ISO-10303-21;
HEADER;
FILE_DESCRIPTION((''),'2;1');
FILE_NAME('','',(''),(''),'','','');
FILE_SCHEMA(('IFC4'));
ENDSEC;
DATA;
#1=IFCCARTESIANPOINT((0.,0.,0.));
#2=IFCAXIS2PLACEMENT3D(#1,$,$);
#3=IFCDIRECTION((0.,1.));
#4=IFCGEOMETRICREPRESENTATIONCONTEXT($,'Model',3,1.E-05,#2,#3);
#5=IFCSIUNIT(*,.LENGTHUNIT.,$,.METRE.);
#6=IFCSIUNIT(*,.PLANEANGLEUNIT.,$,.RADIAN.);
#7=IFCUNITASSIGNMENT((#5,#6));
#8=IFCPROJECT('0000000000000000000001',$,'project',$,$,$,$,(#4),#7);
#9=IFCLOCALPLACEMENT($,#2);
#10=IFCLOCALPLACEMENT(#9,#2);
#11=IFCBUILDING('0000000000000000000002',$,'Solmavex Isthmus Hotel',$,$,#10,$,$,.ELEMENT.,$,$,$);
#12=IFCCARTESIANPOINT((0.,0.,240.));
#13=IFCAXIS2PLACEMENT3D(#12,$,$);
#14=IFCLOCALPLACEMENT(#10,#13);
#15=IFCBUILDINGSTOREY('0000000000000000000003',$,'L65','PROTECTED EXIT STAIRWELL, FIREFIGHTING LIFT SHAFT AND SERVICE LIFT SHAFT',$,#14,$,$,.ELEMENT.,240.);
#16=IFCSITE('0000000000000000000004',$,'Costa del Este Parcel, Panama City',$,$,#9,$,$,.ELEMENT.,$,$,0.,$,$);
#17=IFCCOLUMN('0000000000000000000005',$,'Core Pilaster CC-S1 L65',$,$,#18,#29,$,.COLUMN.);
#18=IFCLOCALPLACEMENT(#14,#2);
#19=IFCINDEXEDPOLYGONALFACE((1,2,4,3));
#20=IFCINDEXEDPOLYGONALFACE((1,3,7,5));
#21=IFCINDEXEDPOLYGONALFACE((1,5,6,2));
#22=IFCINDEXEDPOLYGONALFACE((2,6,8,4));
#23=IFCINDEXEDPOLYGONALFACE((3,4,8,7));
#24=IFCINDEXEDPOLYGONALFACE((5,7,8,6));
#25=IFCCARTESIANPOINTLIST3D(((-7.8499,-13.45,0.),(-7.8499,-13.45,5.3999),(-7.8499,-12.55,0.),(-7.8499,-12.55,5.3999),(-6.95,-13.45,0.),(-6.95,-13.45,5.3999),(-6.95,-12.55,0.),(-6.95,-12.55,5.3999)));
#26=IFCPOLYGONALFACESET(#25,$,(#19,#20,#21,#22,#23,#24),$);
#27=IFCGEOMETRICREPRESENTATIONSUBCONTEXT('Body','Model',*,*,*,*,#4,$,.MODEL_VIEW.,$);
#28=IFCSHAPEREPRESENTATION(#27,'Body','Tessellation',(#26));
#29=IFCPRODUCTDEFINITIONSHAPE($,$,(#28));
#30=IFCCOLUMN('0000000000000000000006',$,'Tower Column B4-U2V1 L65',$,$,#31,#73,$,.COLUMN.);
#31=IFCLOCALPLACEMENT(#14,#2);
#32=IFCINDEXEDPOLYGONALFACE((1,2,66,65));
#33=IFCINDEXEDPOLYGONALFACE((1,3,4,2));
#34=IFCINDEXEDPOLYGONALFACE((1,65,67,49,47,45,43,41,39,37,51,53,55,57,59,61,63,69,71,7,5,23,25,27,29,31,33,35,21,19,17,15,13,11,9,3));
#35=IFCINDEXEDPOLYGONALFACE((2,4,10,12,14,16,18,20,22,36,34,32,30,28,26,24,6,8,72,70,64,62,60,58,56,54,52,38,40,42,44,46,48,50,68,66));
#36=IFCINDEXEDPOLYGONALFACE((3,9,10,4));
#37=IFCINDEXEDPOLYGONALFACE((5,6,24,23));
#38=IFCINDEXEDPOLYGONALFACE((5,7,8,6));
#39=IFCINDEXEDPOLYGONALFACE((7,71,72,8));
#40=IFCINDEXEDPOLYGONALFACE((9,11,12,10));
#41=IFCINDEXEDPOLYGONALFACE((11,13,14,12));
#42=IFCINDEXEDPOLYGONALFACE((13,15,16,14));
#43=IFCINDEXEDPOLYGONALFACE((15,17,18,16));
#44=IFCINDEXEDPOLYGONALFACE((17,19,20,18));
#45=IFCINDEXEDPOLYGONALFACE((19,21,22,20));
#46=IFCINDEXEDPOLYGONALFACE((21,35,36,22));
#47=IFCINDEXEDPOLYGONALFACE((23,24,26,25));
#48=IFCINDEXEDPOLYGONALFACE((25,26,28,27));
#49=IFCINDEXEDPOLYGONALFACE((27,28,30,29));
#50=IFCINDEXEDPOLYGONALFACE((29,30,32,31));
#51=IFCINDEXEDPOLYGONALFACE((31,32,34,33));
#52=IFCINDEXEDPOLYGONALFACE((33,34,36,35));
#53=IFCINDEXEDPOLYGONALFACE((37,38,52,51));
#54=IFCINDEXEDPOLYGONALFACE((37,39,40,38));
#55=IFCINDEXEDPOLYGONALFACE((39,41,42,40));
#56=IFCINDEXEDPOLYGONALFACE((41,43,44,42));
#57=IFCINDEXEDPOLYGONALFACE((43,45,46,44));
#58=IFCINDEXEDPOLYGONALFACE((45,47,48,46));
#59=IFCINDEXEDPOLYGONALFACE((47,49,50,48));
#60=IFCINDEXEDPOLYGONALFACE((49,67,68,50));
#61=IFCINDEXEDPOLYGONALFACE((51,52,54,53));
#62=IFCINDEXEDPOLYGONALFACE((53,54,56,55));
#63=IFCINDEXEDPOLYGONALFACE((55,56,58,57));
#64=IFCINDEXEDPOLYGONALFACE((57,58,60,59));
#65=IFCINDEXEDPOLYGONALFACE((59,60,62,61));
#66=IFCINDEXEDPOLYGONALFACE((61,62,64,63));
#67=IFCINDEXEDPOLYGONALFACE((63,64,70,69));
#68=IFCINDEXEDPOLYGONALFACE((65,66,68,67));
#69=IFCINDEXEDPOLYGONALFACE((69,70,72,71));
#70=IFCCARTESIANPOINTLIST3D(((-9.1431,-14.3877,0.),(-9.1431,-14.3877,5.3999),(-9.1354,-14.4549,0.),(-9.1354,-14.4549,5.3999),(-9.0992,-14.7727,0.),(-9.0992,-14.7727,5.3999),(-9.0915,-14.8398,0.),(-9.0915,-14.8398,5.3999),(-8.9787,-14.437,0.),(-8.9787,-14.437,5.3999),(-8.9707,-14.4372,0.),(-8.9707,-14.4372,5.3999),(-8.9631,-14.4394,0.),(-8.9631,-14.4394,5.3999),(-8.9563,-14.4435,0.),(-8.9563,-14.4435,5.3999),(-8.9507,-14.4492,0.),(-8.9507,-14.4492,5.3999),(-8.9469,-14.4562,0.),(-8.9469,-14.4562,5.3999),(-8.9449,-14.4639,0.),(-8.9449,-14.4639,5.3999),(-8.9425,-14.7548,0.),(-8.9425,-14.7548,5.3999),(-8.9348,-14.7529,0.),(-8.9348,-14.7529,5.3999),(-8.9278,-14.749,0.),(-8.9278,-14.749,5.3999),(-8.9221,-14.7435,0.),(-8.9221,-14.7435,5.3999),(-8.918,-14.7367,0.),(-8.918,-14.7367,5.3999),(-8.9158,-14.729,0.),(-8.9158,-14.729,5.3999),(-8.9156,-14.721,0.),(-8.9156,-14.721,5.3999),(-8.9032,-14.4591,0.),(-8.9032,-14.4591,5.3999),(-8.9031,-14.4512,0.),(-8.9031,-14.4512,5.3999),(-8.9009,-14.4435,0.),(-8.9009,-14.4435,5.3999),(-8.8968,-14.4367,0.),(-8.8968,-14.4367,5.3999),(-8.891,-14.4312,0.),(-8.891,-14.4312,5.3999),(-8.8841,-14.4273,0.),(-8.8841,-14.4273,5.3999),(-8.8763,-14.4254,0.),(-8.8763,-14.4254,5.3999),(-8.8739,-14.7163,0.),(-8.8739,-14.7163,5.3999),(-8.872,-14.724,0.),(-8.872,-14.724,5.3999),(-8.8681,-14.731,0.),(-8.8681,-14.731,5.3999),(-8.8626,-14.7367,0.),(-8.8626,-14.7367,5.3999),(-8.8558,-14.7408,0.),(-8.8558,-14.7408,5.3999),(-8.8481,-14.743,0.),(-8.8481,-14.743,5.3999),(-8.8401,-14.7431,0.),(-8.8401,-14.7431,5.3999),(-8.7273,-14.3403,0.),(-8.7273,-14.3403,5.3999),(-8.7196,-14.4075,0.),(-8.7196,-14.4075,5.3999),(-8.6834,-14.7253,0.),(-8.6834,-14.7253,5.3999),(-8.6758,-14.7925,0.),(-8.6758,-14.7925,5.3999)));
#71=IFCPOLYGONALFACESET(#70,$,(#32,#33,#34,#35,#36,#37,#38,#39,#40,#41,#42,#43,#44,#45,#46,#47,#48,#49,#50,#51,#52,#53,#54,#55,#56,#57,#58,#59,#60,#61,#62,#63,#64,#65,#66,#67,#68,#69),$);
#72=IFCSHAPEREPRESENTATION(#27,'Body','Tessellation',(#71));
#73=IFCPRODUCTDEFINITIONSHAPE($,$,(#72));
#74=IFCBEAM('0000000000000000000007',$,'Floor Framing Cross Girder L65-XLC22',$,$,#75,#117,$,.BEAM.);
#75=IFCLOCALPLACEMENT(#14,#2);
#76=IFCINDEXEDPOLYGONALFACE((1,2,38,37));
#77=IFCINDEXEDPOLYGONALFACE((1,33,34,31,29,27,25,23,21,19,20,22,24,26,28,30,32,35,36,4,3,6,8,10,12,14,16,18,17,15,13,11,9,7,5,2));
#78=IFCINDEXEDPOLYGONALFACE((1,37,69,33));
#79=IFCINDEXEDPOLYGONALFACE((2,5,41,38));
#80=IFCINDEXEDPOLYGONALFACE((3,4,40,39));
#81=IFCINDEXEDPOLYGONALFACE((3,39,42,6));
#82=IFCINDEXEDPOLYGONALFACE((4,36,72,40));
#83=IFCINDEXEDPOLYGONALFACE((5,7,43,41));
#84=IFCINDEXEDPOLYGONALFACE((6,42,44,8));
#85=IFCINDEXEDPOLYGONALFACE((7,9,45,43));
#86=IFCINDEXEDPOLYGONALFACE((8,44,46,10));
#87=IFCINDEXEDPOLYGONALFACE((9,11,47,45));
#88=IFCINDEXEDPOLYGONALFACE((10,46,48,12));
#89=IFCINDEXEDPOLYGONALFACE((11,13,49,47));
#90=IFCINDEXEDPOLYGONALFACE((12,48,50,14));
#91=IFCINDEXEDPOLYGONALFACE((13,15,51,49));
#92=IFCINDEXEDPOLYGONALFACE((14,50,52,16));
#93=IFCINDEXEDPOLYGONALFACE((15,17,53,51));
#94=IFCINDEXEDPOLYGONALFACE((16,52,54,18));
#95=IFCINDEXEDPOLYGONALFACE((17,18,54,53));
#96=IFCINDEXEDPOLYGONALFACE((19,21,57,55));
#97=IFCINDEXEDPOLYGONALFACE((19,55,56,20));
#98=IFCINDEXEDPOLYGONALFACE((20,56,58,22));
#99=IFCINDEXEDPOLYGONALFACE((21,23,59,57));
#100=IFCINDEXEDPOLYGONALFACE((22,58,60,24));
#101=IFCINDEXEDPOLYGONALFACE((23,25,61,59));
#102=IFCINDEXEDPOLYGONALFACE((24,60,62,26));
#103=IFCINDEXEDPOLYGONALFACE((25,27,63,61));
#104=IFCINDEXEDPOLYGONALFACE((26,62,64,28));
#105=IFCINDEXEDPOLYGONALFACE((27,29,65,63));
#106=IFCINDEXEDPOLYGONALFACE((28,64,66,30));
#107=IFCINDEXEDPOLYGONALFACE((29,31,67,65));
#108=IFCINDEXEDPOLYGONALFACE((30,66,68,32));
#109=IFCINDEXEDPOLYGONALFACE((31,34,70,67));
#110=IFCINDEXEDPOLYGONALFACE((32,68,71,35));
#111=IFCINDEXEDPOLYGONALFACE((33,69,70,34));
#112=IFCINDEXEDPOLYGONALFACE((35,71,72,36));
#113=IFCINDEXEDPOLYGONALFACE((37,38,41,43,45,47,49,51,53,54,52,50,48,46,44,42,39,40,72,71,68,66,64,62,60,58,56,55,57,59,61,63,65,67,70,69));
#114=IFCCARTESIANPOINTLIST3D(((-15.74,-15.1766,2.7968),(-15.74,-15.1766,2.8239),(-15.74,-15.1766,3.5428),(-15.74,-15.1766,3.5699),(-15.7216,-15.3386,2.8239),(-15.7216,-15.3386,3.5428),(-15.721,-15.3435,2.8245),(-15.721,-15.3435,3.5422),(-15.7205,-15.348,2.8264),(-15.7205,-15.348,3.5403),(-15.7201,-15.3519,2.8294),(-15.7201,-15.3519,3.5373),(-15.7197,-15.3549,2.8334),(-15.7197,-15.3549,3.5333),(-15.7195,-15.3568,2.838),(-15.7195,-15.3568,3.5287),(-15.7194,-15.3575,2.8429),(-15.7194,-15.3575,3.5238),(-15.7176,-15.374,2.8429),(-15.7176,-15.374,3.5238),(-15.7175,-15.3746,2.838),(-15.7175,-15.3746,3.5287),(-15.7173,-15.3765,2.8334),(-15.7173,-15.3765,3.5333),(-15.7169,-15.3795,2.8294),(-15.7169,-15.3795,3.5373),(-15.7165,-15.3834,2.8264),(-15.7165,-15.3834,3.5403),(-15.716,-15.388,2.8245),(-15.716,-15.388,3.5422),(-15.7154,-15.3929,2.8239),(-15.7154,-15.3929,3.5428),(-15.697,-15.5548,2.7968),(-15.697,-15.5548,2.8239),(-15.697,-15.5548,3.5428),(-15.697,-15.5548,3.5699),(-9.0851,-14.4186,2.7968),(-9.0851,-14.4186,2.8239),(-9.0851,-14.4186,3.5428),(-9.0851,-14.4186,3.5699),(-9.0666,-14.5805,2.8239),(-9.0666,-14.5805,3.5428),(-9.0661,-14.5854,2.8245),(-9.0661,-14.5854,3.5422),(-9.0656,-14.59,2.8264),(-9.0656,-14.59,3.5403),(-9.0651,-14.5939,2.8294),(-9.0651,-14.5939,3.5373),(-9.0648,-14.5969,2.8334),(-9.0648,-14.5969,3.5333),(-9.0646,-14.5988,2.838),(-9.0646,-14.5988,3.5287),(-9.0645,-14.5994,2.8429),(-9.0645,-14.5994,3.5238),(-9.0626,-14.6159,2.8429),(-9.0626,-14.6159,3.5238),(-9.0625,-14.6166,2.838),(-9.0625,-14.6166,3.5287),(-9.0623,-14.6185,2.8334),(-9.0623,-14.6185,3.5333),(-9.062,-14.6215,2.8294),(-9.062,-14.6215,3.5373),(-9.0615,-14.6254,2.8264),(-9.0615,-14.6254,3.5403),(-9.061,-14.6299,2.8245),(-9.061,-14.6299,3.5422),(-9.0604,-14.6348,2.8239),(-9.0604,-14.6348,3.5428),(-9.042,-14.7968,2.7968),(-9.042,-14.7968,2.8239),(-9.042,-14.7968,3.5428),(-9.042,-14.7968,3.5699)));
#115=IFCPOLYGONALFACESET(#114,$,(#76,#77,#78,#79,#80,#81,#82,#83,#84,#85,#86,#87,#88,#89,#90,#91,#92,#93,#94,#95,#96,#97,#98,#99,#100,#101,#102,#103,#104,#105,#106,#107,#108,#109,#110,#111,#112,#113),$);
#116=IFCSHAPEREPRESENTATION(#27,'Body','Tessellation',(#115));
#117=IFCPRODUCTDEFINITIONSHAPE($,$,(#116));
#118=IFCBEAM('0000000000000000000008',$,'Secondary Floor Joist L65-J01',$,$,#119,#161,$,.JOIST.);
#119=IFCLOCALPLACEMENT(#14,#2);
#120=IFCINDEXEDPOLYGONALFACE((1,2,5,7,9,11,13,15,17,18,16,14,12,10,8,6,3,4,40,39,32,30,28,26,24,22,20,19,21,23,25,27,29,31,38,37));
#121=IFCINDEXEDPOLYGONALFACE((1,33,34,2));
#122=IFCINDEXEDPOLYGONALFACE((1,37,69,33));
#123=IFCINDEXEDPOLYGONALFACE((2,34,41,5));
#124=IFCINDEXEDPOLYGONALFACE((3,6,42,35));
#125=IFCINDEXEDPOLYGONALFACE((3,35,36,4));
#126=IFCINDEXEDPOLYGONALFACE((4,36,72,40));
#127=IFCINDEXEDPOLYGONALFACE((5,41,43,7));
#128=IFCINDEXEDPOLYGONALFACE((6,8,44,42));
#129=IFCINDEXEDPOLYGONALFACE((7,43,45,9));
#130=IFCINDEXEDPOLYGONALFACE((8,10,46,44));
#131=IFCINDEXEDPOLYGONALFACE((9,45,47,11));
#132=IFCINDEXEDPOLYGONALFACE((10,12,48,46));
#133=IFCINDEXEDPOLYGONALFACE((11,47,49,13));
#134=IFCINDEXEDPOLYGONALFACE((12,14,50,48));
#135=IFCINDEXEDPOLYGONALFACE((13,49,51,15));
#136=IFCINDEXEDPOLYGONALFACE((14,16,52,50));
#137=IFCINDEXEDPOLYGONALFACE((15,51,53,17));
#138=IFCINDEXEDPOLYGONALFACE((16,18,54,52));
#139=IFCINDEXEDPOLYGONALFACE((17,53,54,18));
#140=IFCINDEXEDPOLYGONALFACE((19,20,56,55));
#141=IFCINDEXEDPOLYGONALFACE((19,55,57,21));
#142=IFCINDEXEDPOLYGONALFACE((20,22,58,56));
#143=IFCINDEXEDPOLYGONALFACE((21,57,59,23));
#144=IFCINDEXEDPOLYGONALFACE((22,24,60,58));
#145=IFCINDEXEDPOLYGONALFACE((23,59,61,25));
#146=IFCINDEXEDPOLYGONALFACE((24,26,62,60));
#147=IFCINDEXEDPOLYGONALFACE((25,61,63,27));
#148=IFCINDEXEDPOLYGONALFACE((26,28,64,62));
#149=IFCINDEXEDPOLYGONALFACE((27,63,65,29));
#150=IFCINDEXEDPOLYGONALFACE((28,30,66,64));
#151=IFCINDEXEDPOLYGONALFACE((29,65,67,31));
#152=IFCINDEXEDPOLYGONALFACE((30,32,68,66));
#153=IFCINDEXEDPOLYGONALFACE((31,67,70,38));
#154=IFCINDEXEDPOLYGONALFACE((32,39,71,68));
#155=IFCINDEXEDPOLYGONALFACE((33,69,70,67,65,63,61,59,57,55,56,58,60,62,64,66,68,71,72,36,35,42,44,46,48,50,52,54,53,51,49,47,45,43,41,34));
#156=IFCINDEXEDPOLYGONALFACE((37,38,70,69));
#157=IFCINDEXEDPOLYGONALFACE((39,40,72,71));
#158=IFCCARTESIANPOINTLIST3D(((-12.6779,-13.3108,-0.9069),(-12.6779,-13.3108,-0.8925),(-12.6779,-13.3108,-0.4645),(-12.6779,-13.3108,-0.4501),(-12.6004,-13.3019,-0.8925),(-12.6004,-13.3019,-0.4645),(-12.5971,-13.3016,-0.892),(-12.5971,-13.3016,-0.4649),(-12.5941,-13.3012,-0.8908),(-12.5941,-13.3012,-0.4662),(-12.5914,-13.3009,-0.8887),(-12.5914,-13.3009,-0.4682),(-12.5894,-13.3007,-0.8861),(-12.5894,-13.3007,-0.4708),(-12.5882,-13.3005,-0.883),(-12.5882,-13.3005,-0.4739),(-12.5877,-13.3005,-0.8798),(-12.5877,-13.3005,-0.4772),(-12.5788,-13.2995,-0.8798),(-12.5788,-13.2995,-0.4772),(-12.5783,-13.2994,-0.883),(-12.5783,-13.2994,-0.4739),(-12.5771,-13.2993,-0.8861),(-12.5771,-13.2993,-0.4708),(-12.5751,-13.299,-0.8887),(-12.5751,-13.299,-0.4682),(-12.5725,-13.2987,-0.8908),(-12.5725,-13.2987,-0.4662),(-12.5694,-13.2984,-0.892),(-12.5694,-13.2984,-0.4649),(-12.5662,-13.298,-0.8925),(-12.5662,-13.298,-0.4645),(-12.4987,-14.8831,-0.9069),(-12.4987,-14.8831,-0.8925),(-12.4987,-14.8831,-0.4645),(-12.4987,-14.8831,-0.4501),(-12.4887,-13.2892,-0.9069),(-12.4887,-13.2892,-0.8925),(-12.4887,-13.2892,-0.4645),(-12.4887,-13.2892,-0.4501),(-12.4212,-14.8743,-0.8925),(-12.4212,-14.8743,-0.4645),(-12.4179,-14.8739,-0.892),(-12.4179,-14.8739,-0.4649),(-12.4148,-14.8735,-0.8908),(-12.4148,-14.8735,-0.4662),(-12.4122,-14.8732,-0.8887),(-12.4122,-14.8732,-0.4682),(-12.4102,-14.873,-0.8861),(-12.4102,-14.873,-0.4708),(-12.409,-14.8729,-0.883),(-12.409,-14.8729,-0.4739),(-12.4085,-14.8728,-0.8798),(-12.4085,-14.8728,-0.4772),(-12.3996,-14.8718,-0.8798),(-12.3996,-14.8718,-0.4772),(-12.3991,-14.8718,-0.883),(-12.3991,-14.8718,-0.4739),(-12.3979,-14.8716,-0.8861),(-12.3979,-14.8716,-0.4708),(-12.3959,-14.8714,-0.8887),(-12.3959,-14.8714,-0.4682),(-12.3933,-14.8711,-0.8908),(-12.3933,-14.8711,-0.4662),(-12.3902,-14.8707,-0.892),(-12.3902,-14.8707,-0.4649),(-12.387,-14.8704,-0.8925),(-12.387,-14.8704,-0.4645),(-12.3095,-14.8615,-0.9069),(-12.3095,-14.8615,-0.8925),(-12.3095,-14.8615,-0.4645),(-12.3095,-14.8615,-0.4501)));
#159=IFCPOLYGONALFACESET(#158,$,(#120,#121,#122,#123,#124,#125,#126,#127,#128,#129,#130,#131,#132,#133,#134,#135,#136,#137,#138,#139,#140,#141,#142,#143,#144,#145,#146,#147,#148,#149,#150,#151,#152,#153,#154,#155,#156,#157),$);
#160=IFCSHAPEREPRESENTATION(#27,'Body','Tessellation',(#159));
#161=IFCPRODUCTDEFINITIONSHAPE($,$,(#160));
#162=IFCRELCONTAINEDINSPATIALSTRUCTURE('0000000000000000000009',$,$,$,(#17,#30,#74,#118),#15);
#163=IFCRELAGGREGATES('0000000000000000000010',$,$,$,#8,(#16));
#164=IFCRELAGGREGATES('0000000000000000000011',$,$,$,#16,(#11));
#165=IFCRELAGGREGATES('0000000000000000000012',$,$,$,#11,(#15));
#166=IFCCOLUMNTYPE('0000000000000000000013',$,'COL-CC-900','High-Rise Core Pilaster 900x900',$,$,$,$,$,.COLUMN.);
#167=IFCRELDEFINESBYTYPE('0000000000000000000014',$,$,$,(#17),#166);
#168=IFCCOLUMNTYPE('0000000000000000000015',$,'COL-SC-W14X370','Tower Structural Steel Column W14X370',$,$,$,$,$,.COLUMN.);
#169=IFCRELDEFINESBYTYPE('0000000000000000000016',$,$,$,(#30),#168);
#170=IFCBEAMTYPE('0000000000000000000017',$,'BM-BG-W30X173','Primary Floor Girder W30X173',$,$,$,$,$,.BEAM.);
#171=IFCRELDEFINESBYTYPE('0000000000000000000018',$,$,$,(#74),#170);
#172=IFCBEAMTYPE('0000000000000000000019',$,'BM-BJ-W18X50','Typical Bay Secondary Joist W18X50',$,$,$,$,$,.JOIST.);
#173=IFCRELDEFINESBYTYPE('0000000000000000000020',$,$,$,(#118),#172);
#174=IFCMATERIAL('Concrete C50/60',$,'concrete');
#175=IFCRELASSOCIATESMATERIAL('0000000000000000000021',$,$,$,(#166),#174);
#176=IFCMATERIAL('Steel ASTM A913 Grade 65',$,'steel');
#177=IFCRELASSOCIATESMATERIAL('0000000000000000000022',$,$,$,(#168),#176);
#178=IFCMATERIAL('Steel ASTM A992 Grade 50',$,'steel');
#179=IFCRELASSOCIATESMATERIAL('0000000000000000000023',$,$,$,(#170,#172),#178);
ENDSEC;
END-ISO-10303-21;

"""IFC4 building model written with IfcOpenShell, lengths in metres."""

from ifc_helpers import new_model, si_unit, direction, frame, origin, origin_2d, place, context, subcontext, project, spatial, rectangle, i_section, extrude, material, material_profile, profile_set, type_object, element, save


model = new_model("IFC4")

# Units and contexts
model_context = context("Model", 3, precision=1e-05, world=origin(), true_north=direction((0.0, 1.0)))
body_context = subcontext(model_context, "Body", "Model", "MODEL_VIEW")
ifc_project = project(units=[si_unit("LENGTHUNIT", "METRE"), si_unit("PLANEANGLEUNIT", "RADIAN")], contexts=[model_context])

# Site, building, storey
site_placement = place(None, origin())
site = spatial("IfcSite", under=ifc_project, at=site_placement, Name="Costa del Este Parcel, Panama City", CompositionType="ELEMENT", RefElevation=0.0)
building_placement = place(site_placement, origin())
building = spatial("IfcBuilding", under=site, at=building_placement, Name="Solmavex Isthmus Hotel", CompositionType="ELEMENT")
storey_placement = place(building_placement, frame((0.0, 0.0, 240.0)))
storey = spatial("IfcBuildingStorey", under=building, at=storey_placement, Name="L65", Description="PROTECTED EXIT STAIRWELL, FIREFIGHTING LIFT SHAFT AND SERVICE LIFT SHAFT", CompositionType="ELEMENT", Elevation=240.0)

# Columns
ifc_material_1 = material(Name="Concrete C50/60", Category="concrete")
ifc_material_profile_1 = material_profile(ifc_material_1, rectangle(XDim=0.8999, YDim=0.8999, at=origin_2d()), Name="RC900X900")
ifc_profile_set_1 = profile_set([ifc_material_profile_1], Name="Concrete C50/60")
column_type_1 = type_object("IfcColumnType", Name="COL-CC-900", Description="High-Rise Core Pilaster 900x900", PredefinedType="COLUMN", material=ifc_profile_set_1)
column_1_placement = place(storey_placement, frame((-7.3999, -13.0, 0.0), z_axis=(0.0, 0.0, 1.0), x_axis=(1.0, 0.0, 0.0)))
element("IfcColumn", 1, at=column_1_placement, inside=storey, type_object=column_type_1, Name="Core Pilaster CC-S1 L65", PredefinedType="COLUMN", context=body_context, shape_type="SweptSolid", body=[
    extrude(rectangle(XDim=0.8999, YDim=0.8999, at=origin_2d()), origin(), (0.0, 0.0, 1.0), 5.3999),
])
ifc_material_2 = material(Name="Steel ASTM A913 Grade 65", Category="steel")
ifc_material_profile_2 = material_profile(ifc_material_2, i_section(OverallWidth=0.4185, OverallDepth=0.4551, WebThickness=0.042, FlangeThickness=0.0676, FilletRadius=0.0305, at=origin_2d()), Name="W14X370")
ifc_profile_set_2 = profile_set([ifc_material_profile_2], Name="Steel ASTM A913 Grade 65")
column_type_2 = type_object("IfcColumnType", Name="COL-SC-W14X370", Description="Tower Structural Steel Column W14X370", PredefinedType="COLUMN", material=ifc_profile_set_2)
column_2_placement = place(storey_placement, frame((-8.9094, -14.5901, 0.0), z_axis=(0.0, 0.0, 1.0), x_axis=(0.993572, 0.113203, 0.0)))
element("IfcColumn", 2, at=column_2_placement, inside=storey, type_object=column_type_2, Name="Tower Column B4-U2V1 L65", PredefinedType="COLUMN", context=body_context, shape_type="SweptSolid", body=[
    extrude(i_section(OverallWidth=0.4185, OverallDepth=0.4551, WebThickness=0.042, FlangeThickness=0.0676, FilletRadius=0.0305, at=origin_2d()), origin(), (0.0, 0.0, 1.0), 5.3999),
])

# Beams
ifc_material_3 = material(Name="Steel ASTM A992 Grade 50", Category="steel")
ifc_material_profile_3 = material_profile(ifc_material_3, i_section(OverallWidth=0.3806, OverallDepth=0.7732, WebThickness=0.0166, FlangeThickness=0.0271, FilletRadius=0.019, at=origin_2d()), Name="W30X173")
ifc_profile_set_3 = profile_set([ifc_material_profile_3], Name="Steel ASTM A992 Grade 50")
beam_type_1 = type_object("IfcBeamType", Name="BM-BG-W30X173", Description="Primary Floor Girder W30X173", PredefinedType="BEAM", material=ifc_profile_set_3)
beam_1_placement = place(storey_placement, frame((-15.7185, -15.3657, 3.1833), z_axis=(0.993575, 0.113175, 0.0), x_axis=(-0.113175, 0.993575, 0.0)))
element("IfcBeam", 3, at=beam_1_placement, inside=storey, type_object=beam_type_1, Name="Floor Framing Cross Girder L65-XLC22", PredefinedType="BEAM", context=body_context, shape_type="SweptSolid", body=[
    extrude(i_section(OverallWidth=0.3806, OverallDepth=0.7732, WebThickness=0.0166, FlangeThickness=0.0271, FilletRadius=0.019, at=origin_2d()), origin(), (0.0, 0.0, 1.0), 6.698),
])
ifc_material_profile_4 = material_profile(ifc_material_3, i_section(OverallWidth=0.1904, OverallDepth=0.4568, WebThickness=0.009, FlangeThickness=0.0144, FilletRadius=0.0127, at=origin_2d()), Name="W18X50")
ifc_profile_set_4 = profile_set([ifc_material_profile_4], Name="Steel ASTM A992 Grade 50")
beam_type_2 = type_object("IfcBeamType", Name="BM-BJ-W18X50", Description="Typical Bay Secondary Joist W18X50", PredefinedType="JOIST", material=ifc_profile_set_4)
beam_2_placement = place(storey_placement, frame((-12.4041, -14.8723, -0.6785), z_axis=(-0.113242, 0.993567, 0.0), x_axis=(-0.993567, -0.113242, 0.0)))
element("IfcBeam", 4, at=beam_2_placement, inside=storey, type_object=beam_type_2, Name="Secondary Floor Joist L65-J01", PredefinedType="JOIST", context=body_context, shape_type="SweptSolid", body=[
    extrude(i_section(OverallWidth=0.1904, OverallDepth=0.4568, WebThickness=0.009, FlangeThickness=0.0144, FilletRadius=0.0127, at=origin_2d()), origin(), (0.0, 0.0, 1.0), 1.5825),
])

save(model, "model.ifc")
